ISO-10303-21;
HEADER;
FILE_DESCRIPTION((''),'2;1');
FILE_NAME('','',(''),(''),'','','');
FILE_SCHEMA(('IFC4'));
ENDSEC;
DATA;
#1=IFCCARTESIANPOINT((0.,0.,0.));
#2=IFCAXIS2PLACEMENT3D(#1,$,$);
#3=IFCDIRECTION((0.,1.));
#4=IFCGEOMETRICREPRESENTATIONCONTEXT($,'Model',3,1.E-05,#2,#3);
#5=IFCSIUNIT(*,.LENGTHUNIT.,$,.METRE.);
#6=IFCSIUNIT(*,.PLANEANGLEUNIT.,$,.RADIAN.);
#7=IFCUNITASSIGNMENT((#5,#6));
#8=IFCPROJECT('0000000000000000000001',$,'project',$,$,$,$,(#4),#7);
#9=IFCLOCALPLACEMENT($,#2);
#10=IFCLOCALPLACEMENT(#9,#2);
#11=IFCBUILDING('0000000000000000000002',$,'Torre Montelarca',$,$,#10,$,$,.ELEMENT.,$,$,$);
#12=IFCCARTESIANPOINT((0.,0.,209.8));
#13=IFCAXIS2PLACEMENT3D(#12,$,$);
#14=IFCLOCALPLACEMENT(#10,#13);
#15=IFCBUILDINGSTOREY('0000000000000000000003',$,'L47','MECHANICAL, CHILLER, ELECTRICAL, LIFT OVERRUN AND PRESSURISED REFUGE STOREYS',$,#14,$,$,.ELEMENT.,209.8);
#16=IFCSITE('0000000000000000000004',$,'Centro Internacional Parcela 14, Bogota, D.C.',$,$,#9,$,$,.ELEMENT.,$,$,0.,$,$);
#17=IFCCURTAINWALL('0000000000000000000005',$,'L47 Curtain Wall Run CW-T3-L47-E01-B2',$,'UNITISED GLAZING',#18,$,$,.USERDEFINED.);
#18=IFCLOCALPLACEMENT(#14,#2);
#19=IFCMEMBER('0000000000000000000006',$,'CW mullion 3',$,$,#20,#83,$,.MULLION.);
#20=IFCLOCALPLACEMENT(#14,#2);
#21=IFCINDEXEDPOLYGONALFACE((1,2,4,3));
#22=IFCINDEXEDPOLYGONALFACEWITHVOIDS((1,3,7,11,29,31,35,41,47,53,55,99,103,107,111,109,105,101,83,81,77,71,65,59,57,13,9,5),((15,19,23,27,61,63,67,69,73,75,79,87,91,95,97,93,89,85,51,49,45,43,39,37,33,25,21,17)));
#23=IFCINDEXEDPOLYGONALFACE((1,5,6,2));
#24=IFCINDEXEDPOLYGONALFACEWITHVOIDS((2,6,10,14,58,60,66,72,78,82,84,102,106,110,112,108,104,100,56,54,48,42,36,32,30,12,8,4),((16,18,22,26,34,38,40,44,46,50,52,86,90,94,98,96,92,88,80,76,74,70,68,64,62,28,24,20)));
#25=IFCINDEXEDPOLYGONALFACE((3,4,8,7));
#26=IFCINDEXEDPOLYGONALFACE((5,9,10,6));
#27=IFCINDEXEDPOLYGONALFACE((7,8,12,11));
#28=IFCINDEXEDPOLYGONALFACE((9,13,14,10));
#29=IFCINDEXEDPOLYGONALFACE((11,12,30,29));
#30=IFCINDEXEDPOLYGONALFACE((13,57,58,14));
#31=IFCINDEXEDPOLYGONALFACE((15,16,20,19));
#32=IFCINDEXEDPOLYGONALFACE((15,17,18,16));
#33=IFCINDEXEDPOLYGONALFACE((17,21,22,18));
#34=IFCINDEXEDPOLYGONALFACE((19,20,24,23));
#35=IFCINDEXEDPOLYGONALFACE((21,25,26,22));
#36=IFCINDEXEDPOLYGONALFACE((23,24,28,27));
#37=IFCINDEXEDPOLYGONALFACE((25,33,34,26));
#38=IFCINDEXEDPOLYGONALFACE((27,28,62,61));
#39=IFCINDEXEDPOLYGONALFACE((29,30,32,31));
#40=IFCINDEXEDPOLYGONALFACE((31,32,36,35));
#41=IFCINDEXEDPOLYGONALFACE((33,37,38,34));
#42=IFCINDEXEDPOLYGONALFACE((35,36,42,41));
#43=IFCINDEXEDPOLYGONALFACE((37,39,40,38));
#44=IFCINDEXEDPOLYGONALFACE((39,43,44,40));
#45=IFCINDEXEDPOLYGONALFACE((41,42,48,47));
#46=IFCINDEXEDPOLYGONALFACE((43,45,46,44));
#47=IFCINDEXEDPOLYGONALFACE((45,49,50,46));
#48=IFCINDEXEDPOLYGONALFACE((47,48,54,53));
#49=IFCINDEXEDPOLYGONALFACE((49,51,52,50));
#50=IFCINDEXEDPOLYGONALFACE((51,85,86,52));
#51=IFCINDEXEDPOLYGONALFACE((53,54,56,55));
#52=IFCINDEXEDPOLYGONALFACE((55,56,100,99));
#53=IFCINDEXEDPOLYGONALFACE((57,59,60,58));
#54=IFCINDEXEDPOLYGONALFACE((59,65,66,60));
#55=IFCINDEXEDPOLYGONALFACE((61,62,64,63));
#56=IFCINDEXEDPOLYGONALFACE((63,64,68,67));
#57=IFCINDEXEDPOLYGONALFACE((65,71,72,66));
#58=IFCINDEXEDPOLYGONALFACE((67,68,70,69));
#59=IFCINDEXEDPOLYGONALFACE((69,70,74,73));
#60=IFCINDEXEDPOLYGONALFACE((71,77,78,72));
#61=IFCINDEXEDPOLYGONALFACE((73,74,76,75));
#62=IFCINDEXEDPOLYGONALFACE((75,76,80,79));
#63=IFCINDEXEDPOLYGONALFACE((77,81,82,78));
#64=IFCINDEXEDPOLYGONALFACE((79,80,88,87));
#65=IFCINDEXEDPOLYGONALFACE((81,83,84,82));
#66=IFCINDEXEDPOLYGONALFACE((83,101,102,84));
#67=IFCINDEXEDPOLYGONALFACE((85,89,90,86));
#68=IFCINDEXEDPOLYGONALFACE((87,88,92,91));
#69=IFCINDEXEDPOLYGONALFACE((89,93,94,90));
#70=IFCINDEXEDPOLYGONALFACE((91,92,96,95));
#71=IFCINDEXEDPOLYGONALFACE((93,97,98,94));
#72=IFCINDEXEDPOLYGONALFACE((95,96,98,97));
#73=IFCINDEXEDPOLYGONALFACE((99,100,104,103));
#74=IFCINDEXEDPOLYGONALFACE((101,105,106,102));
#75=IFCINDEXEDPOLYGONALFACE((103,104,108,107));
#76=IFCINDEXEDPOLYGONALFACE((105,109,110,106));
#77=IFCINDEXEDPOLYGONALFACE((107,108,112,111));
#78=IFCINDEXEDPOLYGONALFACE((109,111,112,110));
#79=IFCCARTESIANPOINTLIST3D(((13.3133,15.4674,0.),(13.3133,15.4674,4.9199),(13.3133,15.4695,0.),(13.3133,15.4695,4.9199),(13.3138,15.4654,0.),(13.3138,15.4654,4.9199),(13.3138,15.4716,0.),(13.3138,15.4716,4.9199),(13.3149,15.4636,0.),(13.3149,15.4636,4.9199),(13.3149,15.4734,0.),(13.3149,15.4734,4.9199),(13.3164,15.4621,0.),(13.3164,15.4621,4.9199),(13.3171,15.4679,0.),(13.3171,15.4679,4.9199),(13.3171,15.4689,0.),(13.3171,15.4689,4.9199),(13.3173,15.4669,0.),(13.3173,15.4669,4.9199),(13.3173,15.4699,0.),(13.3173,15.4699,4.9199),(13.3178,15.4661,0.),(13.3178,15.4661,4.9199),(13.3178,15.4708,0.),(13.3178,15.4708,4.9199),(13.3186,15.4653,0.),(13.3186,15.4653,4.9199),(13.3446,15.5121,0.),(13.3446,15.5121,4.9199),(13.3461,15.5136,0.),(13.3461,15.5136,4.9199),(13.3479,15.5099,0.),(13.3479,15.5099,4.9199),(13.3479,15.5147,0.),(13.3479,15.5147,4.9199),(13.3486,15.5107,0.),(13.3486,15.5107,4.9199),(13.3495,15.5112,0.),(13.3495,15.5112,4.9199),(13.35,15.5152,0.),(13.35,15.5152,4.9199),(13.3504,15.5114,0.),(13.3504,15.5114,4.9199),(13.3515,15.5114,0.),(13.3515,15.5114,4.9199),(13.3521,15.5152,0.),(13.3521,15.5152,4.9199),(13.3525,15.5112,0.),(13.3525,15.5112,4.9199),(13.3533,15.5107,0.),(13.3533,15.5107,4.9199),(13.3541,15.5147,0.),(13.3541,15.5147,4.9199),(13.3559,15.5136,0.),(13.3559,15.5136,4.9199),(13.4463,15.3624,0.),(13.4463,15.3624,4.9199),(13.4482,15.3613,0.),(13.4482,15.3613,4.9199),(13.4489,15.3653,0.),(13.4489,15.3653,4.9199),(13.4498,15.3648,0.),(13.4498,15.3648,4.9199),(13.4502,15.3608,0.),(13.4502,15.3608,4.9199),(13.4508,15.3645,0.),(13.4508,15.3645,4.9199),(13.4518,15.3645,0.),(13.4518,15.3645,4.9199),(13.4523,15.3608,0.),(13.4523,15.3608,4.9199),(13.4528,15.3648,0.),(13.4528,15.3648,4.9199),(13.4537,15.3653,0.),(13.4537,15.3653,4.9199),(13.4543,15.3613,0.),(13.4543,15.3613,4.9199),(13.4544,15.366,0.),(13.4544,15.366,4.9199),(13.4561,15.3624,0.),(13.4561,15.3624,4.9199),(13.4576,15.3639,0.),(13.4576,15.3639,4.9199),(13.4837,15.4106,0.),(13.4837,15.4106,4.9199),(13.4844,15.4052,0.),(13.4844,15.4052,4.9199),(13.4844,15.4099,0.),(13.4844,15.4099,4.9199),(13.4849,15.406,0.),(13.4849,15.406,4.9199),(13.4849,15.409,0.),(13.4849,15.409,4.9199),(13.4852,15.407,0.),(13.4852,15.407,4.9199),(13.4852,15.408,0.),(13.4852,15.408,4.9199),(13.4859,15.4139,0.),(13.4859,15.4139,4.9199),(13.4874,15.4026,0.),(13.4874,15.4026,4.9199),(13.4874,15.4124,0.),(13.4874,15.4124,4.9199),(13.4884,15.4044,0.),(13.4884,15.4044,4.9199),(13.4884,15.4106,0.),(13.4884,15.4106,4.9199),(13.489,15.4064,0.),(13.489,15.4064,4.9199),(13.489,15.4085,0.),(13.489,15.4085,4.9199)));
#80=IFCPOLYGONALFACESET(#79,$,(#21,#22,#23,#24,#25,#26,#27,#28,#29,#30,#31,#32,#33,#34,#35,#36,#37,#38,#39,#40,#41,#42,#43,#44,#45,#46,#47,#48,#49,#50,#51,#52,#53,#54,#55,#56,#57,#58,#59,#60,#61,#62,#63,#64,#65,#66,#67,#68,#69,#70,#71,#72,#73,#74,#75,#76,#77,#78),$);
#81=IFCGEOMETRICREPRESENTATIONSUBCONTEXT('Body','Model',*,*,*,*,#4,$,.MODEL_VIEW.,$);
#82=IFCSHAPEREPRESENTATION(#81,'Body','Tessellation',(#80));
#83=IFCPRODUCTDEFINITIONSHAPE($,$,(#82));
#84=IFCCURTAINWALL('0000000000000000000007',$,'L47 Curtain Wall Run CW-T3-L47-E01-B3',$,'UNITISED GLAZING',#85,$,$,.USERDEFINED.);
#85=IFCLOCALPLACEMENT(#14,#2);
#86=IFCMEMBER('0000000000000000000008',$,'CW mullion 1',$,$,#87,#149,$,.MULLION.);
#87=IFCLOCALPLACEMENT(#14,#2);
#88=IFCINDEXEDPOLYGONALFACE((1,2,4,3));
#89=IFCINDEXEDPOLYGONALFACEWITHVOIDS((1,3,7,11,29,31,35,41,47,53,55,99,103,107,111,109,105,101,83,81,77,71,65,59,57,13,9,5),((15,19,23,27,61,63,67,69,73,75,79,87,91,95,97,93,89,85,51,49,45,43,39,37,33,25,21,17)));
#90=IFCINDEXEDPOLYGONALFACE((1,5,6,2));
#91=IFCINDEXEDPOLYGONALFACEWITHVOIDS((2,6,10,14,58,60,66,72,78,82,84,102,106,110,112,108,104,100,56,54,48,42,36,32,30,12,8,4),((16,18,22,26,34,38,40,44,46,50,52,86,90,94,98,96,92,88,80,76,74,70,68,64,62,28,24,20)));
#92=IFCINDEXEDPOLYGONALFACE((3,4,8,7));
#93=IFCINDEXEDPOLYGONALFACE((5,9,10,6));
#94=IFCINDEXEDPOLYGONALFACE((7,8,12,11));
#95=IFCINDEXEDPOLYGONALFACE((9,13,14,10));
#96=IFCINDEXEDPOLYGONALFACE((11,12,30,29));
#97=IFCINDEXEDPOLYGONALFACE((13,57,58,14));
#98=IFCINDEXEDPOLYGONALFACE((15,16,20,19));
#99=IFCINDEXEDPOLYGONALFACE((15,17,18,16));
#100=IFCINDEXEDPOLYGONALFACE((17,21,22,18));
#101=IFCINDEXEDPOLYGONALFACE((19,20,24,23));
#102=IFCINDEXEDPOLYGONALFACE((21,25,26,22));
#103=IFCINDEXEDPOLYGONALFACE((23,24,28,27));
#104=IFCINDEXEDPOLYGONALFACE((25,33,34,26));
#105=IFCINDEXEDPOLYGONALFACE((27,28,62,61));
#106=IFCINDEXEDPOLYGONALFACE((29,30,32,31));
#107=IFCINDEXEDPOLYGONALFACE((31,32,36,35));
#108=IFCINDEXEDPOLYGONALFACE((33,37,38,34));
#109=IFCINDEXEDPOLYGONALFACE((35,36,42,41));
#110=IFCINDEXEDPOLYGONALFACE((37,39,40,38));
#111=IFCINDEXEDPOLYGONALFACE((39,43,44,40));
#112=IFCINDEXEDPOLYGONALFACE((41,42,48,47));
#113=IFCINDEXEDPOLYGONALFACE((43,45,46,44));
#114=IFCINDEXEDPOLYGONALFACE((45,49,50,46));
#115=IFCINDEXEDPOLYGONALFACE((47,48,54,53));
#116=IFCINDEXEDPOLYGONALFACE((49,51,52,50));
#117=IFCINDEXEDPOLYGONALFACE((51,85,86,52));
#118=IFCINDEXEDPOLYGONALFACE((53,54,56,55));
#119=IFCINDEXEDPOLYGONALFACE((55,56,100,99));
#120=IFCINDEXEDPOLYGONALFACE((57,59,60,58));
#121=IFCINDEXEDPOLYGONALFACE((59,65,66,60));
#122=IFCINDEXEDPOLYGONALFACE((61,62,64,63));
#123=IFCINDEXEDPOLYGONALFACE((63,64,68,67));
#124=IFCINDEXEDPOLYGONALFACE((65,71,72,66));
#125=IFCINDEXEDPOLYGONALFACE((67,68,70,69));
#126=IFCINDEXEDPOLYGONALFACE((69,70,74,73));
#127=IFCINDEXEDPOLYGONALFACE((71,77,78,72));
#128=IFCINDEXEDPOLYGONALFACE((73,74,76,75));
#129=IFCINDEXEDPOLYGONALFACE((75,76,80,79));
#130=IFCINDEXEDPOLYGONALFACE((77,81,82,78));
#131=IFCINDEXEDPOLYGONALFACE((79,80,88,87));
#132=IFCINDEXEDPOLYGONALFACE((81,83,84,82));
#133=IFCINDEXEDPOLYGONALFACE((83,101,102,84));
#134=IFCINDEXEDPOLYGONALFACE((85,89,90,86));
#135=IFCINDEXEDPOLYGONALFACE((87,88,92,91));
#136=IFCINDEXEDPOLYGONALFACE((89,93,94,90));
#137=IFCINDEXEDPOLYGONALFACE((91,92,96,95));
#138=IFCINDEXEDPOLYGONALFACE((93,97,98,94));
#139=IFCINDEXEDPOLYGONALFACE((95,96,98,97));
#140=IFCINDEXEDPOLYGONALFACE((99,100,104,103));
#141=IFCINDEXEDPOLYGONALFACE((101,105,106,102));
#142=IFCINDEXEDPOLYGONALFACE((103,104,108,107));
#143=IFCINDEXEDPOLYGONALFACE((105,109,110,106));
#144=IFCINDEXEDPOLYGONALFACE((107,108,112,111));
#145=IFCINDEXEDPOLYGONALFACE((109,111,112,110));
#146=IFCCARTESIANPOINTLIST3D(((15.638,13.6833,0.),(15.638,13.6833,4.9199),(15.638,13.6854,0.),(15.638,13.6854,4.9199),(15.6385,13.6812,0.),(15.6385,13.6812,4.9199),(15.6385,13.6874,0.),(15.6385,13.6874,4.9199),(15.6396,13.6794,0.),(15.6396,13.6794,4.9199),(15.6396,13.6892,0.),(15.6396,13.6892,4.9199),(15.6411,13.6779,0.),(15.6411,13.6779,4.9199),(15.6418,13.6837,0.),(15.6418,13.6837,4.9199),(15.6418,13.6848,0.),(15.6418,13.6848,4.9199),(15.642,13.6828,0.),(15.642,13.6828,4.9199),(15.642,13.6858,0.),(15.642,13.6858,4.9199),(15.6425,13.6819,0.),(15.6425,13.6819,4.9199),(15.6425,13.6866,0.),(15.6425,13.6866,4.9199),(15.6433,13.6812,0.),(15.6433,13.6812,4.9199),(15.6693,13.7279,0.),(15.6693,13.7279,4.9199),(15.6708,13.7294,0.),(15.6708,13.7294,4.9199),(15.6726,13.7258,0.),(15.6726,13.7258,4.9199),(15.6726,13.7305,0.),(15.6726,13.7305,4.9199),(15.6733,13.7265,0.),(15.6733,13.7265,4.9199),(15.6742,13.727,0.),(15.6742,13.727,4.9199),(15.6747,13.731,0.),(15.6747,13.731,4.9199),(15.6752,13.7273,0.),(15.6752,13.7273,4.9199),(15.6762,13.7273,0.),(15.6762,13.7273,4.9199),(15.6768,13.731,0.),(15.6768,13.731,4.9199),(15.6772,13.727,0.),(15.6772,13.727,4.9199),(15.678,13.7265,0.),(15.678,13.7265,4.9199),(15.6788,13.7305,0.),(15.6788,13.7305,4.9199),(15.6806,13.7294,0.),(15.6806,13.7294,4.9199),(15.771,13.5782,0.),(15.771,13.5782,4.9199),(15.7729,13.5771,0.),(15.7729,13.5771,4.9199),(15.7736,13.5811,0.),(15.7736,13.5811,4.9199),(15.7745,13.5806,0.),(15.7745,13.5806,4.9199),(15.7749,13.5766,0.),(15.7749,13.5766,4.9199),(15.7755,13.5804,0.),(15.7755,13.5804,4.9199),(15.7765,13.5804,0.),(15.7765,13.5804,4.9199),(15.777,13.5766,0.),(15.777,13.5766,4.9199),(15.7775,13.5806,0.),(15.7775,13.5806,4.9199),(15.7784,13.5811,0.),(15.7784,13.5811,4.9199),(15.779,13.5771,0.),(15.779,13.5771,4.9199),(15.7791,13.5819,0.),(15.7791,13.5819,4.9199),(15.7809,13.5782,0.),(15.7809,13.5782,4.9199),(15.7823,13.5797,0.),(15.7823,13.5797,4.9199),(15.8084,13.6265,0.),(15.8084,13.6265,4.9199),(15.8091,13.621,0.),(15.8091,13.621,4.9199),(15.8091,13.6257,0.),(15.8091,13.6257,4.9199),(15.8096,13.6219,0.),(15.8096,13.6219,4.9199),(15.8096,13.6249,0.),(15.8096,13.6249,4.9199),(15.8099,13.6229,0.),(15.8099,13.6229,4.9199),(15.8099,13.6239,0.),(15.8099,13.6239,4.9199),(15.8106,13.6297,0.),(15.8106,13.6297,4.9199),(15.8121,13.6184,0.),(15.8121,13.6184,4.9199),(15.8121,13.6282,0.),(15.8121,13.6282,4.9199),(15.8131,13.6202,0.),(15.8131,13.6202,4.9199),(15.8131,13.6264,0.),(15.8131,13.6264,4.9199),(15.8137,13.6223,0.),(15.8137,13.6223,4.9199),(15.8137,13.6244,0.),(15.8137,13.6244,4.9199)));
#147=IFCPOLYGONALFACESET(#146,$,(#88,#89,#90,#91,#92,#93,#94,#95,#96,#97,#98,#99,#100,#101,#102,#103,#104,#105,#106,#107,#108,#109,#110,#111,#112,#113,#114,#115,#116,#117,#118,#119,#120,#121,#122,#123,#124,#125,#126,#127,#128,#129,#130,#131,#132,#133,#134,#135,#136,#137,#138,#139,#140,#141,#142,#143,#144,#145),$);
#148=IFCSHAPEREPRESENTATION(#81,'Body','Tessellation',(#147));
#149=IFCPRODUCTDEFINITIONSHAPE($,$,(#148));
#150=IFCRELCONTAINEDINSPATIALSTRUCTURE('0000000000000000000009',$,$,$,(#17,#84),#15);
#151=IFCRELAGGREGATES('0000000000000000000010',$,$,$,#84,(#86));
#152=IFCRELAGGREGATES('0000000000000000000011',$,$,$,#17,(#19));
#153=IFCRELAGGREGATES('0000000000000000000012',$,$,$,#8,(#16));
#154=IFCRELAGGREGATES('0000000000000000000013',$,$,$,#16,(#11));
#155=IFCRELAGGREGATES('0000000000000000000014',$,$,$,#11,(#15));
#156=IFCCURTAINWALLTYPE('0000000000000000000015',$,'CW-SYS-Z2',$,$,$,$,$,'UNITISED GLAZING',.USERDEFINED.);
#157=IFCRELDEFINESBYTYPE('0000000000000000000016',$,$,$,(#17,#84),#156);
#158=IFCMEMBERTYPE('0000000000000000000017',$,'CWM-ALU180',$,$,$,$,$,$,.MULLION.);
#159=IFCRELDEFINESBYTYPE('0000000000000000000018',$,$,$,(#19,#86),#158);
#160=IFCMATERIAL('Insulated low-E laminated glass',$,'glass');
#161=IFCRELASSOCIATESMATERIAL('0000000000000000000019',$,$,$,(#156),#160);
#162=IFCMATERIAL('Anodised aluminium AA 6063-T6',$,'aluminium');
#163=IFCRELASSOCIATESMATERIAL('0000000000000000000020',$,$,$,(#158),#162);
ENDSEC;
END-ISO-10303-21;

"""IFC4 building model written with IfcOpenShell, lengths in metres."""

from ifc_helpers import new_model, si_unit, direction, frame, origin, origin_2d, place, context, subcontext, project, spatial, hollow_rectangle, extrude, source, transform, mapped, material, material_profile, profile_set, type_object, element, aggregate, save


model = new_model("IFC4")

# Units and contexts
model_context = context("Model", 3, precision=1e-05, world=origin(), true_north=direction((0.0, 1.0)))
body_context = subcontext(model_context, "Body", "Model", "MODEL_VIEW")
ifc_project = project(units=[si_unit("LENGTHUNIT", "METRE"), si_unit("PLANEANGLEUNIT", "RADIAN")], contexts=[model_context])

# Site, building, storey
site_placement = place(None, origin())
site = spatial("IfcSite", under=ifc_project, at=site_placement, Name="Centro Internacional Parcela 14, Bogota, D.C.", CompositionType="ELEMENT", RefElevation=0.0)
building_placement = place(site_placement, origin())
building = spatial("IfcBuilding", under=site, at=building_placement, Name="Torre Montelarca", CompositionType="ELEMENT")
storey_placement = place(building_placement, frame((0.0, 0.0, 209.8)))
storey = spatial("IfcBuildingStorey", under=building, at=storey_placement, Name="L47", Description="MECHANICAL, CHILLER, ELECTRICAL, LIFT OVERRUN AND PRESSURISED REFUGE STOREYS", CompositionType="ELEMENT", Elevation=209.8)

# Curtain walls, members
ifc_material_1 = material(Name="Insulated low-E laminated glass", Category="glass")
curtain_wall_type = type_object("IfcCurtainWallType", Name="CW-SYS-Z2", ElementType="UNITISED GLAZING", PredefinedType="USERDEFINED", material=ifc_material_1)
ifc_material_2 = material(Name="Anodised aluminium AA 6063-T6", Category="aluminium")
curtain_wall_1_placement = place(storey_placement, origin())
curtain_wall_1 = element("IfcCurtainWall", 1, at=curtain_wall_1_placement, inside=storey, type_object=curtain_wall_type, Name="L47 Curtain Wall Run CW-T3-L47-E01-B2", ObjectType="UNITISED GLAZING", PredefinedType="USERDEFINED")
ifc_material_profile_1 = material_profile(ifc_material_2, hollow_rectangle(XDim=0.0649, YDim=0.1799, WallThickness=0.0039, InnerFilletRadius=0.0039, OuterFilletRadius=0.0081, at=origin_2d()), Name="ALU65X180X4", Category="aluminium")
ifc_profile_set_1 = profile_set([ifc_material_profile_1], Name="Anodised aluminium AA 6063-T6")
member_type_1 = type_object("IfcMemberType", Name="CWM-ALU180", PredefinedType="MULLION", material=ifc_profile_set_1)
shared_shape_1 = source(origin(), body_context, "Body", "SweptSolid", [
    extrude(hollow_rectangle(XDim=0.0649, YDim=0.1799, WallThickness=0.0039, InnerFilletRadius=0.0039, OuterFilletRadius=0.0081, at=origin_2d()), origin(), (0.0, 0.0, 1.0), 4.9199),
])
member_1_placement = place(storey_placement, frame((13.4011, 15.438, 0.0), z_axis=(0.0, 0.0, 1.0), x_axis=(0.608763, 0.793352, 0.0)))
member_1 = element("IfcMember", 2, at=member_1_placement, type_object=member_type_1, Name="CW mullion 3", PredefinedType="MULLION", context=body_context, shape_type="MappedRepresentation", body=[
    mapped(shared_shape_1, transform((0.0, 0.0, 0.0), scale=1.0)),
])
curtain_wall_2_placement = place(storey_placement, origin())
curtain_wall_2 = element("IfcCurtainWall", 3, at=curtain_wall_2_placement, inside=storey, type_object=curtain_wall_type, Name="L47 Curtain Wall Run CW-T3-L47-E01-B3", ObjectType="UNITISED GLAZING", PredefinedType="USERDEFINED")
member_2_placement = place(storey_placement, frame((15.7258, 13.6538, 0.0), z_axis=(0.0, 0.0, 1.0), x_axis=(0.608754, 0.793359, 0.0)))
member_2 = element("IfcMember", 4, at=member_2_placement, type_object=member_type_1, Name="CW mullion 1", PredefinedType="MULLION", context=body_context, shape_type="MappedRepresentation", body=[
    mapped(shared_shape_1, transform((0.0, 0.0, 0.0), scale=1.0)),
])

aggregate(curtain_wall_2, [member_2])
aggregate(curtain_wall_1, [member_1])

save(model, "model.ifc")
